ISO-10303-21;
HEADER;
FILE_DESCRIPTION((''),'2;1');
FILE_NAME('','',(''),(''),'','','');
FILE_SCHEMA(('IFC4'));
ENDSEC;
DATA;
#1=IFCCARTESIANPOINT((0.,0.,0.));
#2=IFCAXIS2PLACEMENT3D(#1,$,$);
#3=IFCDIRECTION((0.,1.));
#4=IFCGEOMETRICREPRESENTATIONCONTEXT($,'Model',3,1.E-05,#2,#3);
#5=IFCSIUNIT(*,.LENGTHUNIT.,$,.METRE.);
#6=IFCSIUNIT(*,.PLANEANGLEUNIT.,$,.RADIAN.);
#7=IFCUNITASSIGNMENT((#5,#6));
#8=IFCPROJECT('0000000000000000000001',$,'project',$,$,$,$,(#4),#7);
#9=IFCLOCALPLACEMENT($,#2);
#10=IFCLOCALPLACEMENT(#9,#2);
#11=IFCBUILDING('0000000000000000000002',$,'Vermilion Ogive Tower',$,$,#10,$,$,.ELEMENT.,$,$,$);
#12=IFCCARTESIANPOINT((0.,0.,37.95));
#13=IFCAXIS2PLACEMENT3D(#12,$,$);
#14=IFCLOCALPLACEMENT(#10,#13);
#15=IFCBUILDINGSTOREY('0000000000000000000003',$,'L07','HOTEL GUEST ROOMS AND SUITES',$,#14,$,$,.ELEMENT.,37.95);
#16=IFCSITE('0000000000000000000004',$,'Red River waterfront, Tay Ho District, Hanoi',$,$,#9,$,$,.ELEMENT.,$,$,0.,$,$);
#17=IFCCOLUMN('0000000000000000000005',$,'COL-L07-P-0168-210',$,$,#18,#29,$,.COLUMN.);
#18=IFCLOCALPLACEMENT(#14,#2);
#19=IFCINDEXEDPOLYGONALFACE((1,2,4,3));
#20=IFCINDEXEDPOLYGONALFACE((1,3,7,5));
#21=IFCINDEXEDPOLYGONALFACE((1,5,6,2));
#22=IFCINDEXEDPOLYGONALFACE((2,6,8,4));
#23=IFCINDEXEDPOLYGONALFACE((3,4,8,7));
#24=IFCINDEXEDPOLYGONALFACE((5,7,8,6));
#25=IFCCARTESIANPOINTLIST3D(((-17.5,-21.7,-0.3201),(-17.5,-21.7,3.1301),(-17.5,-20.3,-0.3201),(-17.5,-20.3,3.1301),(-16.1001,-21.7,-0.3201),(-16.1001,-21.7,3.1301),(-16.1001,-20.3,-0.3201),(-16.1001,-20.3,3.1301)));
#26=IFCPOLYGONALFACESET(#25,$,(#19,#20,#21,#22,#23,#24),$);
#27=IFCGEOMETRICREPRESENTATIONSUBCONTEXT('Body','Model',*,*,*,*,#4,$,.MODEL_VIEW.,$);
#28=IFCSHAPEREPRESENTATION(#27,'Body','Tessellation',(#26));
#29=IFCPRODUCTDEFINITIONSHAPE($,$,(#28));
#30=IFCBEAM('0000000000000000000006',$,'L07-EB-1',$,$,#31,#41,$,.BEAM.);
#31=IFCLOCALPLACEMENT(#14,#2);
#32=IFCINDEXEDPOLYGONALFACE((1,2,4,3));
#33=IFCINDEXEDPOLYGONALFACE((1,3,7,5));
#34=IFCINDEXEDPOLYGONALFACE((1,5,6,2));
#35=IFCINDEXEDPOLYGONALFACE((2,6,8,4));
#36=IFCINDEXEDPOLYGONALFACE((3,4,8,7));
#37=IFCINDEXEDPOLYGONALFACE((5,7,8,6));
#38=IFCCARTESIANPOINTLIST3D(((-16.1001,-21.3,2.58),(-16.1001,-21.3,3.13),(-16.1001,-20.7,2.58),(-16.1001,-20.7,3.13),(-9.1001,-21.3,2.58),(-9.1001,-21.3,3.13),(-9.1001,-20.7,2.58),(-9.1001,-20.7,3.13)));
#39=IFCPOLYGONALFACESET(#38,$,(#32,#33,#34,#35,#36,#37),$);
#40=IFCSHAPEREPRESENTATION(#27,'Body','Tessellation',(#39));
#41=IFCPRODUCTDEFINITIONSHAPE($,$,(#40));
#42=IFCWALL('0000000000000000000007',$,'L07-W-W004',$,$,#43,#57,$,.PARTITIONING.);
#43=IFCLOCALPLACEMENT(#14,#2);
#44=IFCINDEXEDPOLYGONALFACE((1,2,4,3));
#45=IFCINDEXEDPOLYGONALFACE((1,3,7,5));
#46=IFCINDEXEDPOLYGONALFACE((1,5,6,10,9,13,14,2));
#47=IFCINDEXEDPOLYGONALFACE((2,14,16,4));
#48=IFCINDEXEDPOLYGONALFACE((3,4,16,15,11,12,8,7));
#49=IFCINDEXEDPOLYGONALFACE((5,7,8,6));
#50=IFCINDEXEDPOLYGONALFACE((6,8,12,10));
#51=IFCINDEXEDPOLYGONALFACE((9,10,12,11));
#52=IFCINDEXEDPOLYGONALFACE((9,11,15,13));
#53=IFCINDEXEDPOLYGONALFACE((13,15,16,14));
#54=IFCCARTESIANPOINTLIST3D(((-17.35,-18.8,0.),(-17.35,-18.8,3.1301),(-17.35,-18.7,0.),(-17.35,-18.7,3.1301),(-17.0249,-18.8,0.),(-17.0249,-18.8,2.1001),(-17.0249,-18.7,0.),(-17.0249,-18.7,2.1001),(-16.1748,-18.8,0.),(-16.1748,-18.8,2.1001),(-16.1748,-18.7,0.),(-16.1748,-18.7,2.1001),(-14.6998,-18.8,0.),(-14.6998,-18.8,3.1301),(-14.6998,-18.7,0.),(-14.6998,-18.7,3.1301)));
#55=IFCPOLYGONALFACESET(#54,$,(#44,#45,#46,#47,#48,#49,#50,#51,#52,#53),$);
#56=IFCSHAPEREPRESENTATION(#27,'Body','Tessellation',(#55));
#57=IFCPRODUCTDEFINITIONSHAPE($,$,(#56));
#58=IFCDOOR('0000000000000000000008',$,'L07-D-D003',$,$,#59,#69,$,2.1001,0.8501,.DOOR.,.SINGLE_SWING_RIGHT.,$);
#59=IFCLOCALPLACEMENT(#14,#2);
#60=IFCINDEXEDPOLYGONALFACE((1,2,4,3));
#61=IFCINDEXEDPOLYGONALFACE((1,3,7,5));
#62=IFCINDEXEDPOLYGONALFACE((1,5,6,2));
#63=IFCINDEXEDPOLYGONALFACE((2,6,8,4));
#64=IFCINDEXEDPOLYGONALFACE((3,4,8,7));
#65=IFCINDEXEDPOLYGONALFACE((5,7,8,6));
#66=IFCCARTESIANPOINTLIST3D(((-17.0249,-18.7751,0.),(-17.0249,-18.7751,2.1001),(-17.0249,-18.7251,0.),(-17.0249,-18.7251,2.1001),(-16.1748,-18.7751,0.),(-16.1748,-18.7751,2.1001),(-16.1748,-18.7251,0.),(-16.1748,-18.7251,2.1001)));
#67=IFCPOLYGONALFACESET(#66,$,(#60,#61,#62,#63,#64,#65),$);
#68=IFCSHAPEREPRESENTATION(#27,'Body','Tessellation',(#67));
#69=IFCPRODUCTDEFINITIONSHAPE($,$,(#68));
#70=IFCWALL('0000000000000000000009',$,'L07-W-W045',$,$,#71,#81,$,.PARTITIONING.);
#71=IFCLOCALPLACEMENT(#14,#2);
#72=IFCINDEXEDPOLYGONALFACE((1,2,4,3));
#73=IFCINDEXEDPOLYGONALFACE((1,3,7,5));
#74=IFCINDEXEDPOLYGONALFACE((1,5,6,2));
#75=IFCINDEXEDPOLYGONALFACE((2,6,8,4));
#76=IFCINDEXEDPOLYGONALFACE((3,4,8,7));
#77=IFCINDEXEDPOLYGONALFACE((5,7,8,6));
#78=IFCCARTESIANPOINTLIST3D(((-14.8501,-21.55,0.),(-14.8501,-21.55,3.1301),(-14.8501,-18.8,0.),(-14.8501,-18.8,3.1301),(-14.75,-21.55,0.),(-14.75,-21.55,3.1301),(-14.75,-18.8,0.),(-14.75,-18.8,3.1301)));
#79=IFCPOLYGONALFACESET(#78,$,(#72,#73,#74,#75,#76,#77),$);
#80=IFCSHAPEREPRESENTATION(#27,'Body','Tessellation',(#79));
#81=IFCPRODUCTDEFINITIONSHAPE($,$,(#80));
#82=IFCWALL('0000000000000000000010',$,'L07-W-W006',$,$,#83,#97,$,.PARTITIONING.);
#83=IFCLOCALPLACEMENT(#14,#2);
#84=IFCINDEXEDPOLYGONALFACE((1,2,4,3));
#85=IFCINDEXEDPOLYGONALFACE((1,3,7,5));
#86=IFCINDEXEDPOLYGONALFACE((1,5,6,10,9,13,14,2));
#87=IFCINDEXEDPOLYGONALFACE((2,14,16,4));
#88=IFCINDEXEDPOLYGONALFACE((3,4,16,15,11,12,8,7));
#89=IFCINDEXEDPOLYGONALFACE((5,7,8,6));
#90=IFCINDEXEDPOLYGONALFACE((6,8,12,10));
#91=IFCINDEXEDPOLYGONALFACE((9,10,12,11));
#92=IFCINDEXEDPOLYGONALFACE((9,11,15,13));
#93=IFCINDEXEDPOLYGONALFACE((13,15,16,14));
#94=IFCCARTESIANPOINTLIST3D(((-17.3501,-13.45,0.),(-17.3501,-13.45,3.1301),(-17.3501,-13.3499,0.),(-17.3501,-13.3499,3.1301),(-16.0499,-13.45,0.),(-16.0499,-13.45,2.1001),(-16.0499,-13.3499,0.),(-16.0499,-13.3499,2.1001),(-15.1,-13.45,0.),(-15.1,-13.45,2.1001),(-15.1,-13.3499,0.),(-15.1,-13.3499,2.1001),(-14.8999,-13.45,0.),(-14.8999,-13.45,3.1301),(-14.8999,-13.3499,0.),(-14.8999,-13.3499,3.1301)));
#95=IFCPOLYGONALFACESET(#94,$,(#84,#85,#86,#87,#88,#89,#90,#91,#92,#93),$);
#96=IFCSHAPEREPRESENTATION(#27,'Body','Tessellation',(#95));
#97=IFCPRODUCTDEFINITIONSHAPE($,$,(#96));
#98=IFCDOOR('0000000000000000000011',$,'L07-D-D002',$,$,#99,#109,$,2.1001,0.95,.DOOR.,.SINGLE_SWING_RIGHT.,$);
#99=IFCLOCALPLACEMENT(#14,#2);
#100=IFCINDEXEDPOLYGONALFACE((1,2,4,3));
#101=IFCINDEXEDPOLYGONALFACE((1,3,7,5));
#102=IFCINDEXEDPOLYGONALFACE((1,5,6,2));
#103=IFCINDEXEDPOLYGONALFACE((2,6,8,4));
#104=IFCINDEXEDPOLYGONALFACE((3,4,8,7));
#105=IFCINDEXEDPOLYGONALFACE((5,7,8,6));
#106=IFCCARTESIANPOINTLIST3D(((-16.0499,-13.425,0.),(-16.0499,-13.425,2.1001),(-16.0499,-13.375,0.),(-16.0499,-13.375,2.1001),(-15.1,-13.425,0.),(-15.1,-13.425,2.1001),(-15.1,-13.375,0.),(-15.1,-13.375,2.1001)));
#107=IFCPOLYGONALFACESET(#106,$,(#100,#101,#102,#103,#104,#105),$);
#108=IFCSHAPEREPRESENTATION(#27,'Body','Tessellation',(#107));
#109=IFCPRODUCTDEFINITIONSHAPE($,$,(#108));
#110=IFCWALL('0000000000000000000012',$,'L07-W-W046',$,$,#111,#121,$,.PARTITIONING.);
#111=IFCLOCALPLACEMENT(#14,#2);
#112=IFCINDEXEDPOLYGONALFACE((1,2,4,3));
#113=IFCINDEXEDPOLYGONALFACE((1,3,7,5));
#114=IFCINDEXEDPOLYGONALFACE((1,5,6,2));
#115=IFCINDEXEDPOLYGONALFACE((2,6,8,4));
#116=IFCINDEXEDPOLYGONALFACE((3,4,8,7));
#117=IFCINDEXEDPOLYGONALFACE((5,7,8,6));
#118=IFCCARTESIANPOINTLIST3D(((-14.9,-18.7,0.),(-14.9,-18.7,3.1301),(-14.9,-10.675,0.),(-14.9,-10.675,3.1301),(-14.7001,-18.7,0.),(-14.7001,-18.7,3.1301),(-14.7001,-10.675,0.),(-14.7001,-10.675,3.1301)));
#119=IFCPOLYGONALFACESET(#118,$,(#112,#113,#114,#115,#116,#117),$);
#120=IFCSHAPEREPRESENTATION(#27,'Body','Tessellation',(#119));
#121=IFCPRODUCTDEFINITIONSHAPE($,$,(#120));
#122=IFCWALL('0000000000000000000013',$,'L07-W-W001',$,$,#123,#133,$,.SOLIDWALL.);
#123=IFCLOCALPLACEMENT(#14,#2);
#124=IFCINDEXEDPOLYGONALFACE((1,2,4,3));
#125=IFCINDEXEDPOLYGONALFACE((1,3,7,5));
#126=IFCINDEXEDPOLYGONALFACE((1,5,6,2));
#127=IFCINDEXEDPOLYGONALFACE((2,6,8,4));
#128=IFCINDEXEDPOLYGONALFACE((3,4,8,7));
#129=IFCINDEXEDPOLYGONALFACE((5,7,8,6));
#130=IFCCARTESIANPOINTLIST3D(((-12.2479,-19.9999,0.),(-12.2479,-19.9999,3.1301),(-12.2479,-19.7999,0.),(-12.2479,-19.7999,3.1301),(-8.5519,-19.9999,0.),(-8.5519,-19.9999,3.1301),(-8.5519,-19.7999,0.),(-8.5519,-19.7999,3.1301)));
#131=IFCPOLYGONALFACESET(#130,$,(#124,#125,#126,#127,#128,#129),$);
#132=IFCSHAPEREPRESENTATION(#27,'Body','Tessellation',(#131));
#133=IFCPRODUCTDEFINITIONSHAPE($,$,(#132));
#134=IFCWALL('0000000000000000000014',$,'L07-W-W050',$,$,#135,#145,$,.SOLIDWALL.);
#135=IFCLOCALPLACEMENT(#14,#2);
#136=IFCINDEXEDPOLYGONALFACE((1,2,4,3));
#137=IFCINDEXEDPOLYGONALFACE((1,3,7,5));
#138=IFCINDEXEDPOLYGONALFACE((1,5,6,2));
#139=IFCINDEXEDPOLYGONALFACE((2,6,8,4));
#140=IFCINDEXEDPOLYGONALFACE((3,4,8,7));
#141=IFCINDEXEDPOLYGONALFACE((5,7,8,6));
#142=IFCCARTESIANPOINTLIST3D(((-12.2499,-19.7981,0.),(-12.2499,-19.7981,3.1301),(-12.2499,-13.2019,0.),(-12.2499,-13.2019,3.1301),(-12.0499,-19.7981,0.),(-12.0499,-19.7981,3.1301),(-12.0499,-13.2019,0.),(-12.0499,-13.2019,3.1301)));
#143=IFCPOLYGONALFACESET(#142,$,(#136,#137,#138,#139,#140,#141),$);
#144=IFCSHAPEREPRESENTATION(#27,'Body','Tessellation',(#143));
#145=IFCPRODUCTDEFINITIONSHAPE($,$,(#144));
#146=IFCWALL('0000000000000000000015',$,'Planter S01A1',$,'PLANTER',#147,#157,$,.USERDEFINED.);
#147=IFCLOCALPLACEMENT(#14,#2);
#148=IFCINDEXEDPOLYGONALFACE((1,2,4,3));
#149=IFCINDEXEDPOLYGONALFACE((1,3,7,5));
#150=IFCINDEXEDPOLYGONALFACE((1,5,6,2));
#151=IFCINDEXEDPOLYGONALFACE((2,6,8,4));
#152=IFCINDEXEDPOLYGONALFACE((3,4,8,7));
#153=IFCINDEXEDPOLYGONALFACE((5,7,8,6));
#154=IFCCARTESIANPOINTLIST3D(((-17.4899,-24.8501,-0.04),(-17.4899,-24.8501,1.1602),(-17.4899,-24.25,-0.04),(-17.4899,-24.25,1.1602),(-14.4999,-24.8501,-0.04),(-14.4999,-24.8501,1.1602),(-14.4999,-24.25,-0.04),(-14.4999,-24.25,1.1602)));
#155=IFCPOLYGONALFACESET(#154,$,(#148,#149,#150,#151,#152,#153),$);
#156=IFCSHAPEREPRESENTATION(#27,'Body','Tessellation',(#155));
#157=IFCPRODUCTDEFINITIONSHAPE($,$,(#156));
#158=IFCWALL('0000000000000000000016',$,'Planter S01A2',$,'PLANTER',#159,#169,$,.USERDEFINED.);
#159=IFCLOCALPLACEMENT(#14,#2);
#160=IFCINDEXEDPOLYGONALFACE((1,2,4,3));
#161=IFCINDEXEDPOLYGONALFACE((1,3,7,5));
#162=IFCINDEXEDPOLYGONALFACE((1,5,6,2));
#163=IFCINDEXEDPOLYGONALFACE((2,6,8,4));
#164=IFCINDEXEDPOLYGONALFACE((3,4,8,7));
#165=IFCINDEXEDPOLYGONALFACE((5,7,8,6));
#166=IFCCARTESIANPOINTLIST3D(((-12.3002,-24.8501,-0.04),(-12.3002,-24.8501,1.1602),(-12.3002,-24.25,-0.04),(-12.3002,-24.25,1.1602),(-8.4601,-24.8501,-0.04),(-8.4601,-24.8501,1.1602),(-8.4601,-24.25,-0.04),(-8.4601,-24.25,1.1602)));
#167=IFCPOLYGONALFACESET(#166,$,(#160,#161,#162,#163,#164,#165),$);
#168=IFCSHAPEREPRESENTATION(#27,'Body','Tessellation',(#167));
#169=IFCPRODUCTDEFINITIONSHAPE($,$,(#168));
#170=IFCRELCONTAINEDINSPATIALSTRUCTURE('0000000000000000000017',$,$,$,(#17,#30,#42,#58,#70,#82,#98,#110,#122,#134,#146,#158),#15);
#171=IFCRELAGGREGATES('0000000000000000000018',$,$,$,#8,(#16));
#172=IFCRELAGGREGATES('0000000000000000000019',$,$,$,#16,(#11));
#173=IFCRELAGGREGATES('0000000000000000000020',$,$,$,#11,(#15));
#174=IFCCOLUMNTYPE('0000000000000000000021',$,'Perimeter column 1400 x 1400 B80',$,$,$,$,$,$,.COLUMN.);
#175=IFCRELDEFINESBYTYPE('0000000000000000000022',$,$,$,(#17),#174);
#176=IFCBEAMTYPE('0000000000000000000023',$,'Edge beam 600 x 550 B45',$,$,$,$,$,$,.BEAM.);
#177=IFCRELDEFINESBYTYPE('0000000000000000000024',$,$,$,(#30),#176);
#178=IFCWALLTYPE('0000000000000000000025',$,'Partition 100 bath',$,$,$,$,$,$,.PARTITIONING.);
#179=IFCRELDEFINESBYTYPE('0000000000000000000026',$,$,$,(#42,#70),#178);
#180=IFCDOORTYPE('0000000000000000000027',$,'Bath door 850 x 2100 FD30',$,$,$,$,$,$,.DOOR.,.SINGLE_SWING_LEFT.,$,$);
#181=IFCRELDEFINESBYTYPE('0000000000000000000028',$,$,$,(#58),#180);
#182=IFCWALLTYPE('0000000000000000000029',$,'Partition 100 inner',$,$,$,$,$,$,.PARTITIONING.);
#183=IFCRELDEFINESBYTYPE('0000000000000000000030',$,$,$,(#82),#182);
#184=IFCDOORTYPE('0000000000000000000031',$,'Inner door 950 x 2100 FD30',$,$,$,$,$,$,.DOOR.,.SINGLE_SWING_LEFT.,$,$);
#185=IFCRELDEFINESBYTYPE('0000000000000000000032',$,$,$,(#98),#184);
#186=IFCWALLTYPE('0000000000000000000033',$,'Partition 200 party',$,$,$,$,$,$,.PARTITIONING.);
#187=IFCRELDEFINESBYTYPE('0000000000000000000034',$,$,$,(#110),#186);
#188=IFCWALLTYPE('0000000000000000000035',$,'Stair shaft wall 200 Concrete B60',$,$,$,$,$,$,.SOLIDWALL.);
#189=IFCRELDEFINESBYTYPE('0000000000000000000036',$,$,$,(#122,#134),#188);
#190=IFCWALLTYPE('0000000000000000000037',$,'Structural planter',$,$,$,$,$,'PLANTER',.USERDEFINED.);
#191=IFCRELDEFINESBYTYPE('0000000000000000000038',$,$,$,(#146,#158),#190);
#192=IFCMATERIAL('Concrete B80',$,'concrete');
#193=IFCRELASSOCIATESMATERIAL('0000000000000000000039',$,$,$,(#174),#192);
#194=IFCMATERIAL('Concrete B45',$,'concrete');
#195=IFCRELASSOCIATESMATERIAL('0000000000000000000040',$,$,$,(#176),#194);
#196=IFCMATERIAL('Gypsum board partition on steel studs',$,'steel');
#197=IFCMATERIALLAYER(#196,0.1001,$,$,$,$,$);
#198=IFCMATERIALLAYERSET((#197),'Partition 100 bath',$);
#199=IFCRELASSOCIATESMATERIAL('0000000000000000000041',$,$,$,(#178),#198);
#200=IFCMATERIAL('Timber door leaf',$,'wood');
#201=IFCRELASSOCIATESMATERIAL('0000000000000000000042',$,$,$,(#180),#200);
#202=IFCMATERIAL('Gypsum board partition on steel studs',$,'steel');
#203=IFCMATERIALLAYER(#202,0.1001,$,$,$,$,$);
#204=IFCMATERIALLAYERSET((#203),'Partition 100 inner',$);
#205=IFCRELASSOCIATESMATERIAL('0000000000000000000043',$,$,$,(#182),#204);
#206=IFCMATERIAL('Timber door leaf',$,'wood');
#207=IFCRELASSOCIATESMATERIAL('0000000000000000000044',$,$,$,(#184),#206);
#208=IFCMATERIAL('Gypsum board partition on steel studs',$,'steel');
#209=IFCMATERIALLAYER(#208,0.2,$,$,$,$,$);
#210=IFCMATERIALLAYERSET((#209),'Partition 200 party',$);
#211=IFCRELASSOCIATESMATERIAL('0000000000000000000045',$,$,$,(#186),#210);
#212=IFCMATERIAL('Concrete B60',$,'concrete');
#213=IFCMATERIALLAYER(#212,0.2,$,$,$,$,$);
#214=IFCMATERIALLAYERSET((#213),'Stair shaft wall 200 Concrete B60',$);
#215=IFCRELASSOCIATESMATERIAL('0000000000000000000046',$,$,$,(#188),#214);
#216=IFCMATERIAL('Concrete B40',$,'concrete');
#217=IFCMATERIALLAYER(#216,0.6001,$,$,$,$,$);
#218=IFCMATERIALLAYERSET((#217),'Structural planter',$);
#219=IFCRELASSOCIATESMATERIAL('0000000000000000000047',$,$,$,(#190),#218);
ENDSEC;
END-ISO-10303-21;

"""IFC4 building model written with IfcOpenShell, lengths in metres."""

from ifc_helpers import new_model, si_unit, direction, frame, frame_2d, origin, origin_2d, place, context, subcontext, project, spatial, rectangle, extrude, material, layer, layer_set, material_profile, profile_set, type_object, element, fill, save


model = new_model("IFC4")

# Units and contexts
model_context = context("Model", 3, precision=1e-05, world=origin(), true_north=direction((0.0, 1.0)))
body_context = subcontext(model_context, "Body", "Model", "MODEL_VIEW")
ifc_project = project(units=[si_unit("LENGTHUNIT", "METRE"), si_unit("PLANEANGLEUNIT", "RADIAN")], contexts=[model_context])

# Site, building, storey
site_placement = place(None, origin())
site = spatial("IfcSite", under=ifc_project, at=site_placement, Name="Red River waterfront, Tay Ho District, Hanoi", CompositionType="ELEMENT", RefElevation=0.0)
building_placement = place(site_placement, origin())
building = spatial("IfcBuilding", under=site, at=building_placement, Name="Vermilion Ogive Tower", CompositionType="ELEMENT")
storey_placement = place(building_placement, frame((0.0, 0.0, 37.95)))
storey = spatial("IfcBuildingStorey", under=building, at=storey_placement, Name="L07", Description="HOTEL GUEST ROOMS AND SUITES", CompositionType="ELEMENT", Elevation=37.95)

# Column
ifc_material_1 = material(Name="Concrete B80", Category="concrete")
ifc_material_profile_1 = material_profile(ifc_material_1, rectangle(XDim=1.3999, YDim=1.3999, at=origin_2d()), Name="1400 x 1400")
ifc_profile_set_1 = profile_set([ifc_material_profile_1], Name="Concrete B80")
column_type = type_object("IfcColumnType", Name="Perimeter column 1400 x 1400 B80", PredefinedType="COLUMN", material=ifc_profile_set_1)
column_placement = place(storey_placement, frame((-16.8, -21.0, -0.3201), z_axis=(0.0, 0.0, 1.0), x_axis=(1.0, 0.0, 0.0)))
element("IfcColumn", 1, at=column_placement, inside=storey, type_object=column_type, Name="COL-L07-P-0168-210", PredefinedType="COLUMN", context=body_context, shape_type="SweptSolid", body=[
    extrude(rectangle(XDim=1.3999, YDim=1.3999, at=origin_2d()), origin(), (0.0, 0.0, 1.0), 3.4502),
])

# Beam
ifc_material_2 = material(Name="Concrete B45", Category="concrete")
ifc_material_profile_2 = material_profile(ifc_material_2, rectangle(XDim=0.6001, YDim=0.55, at=origin_2d()), Name="600 x 550")
ifc_profile_set_2 = profile_set([ifc_material_profile_2], Name="Concrete B45")
beam_type = type_object("IfcBeamType", Name="Edge beam 600 x 550 B45", PredefinedType="BEAM", material=ifc_profile_set_2)
beam_placement = place(storey_placement, frame((-16.1001, -21.0, 2.855), z_axis=(1.0, 0.0, 0.0), x_axis=(0.0, 1.0, 0.0)))
element("IfcBeam", 2, at=beam_placement, inside=storey, type_object=beam_type, Name="L07-EB-1", PredefinedType="BEAM", context=body_context, shape_type="SweptSolid", body=[
    extrude(rectangle(XDim=0.6001, YDim=0.55, at=origin_2d()), origin(), (0.0, 0.0, 1.0), 7.0),
])

# Wall, opening, door
ifc_material_3 = material(Name="Gypsum board partition on steel studs", Category="steel")
ifc_layer_1 = layer(ifc_material_3, 0.1001)
ifc_layer_set_1 = layer_set([ifc_layer_1], Name="Partition 100 bath")
wall_type_1 = type_object("IfcWallType", Name="Partition 100 bath", PredefinedType="PARTITIONING", material=ifc_layer_set_1)
wall_1_placement = place(storey_placement, frame((-17.3501, -18.75, 0.0), z_axis=(0.0, 0.0, 1.0), x_axis=(1.0, 0.0, 0.0)))
wall_1 = element("IfcWall", 3, at=wall_1_placement, inside=storey, type_object=wall_type_1, Name="L07-W-W004", PredefinedType="PARTITIONING", context=body_context, shape_type="SweptSolid", body=[
    extrude(rectangle(XDim=2.6501, YDim=0.1001, at=frame_2d((1.3252, 0.0))), origin(), (0.0, 0.0, 1.0), 3.1301),
])
opening_1_placement = place(wall_1_placement, frame((0.3252, 0.0, 0.0)))
opening_1 = element("IfcOpeningElement", 4, at=opening_1_placement, cuts=wall_1, PredefinedType="OPENING", context=body_context, shape_type="SweptSolid", body=[
    extrude(rectangle(XDim=0.8501, YDim=2.1001, at=frame_2d((0.425, 1.05))), frame((0.0, 0.0601, 0.0), z_axis=(0.0, -1.0, 0.0), x_axis=(1.0, 0.0, 0.0)), (0.0, 0.0, 1.0), 0.1201),
])
ifc_material_4 = material(Name="Timber door leaf", Category="wood")
door_type_1 = type_object("IfcDoorType", Name="Bath door 850 x 2100 FD30", OperationType="SINGLE_SWING_LEFT", PredefinedType="DOOR", material=ifc_material_4)
door_1_placement = place(opening_1_placement, origin())
door_1 = element("IfcDoor", 5, at=door_1_placement, inside=storey, type_object=door_type_1, Name="L07-D-D003", OperationType="SINGLE_SWING_RIGHT", OverallHeight=2.1001, OverallWidth=0.8501, PredefinedType="DOOR", context=body_context, shape_type="SweptSolid", body=[
    extrude(rectangle(XDim=0.8501, YDim=2.1001, at=frame_2d((0.425, 1.05))), frame((0.0, 0.0249, 0.0), z_axis=(0.0, -1.0, 0.0), x_axis=(1.0, 0.0, 0.0)), (0.0, 0.0, 1.0), 0.05),
])
fill(opening_1, door_1)

# Wall
wall_2_placement = place(storey_placement, frame((-14.8, -21.55, 0.0), z_axis=(0.0, 0.0, 1.0), x_axis=(0.0, 1.0, 0.0)))
element("IfcWall", 6, at=wall_2_placement, inside=storey, type_object=wall_type_1, Name="L07-W-W045", PredefinedType="PARTITIONING", context=body_context, shape_type="SweptSolid", body=[
    extrude(rectangle(XDim=2.75, YDim=0.1001, at=frame_2d((1.375, 0.0))), origin(), (0.0, 0.0, 1.0), 3.1301),
])

# Wall, opening, door
ifc_material_5 = material(Name="Gypsum board partition on steel studs", Category="steel")
ifc_layer_2 = layer(ifc_material_5, 0.1001)
ifc_layer_set_2 = layer_set([ifc_layer_2], Name="Partition 100 inner")
wall_type_2 = type_object("IfcWallType", Name="Partition 100 inner", PredefinedType="PARTITIONING", material=ifc_layer_set_2)
wall_3_placement = place(storey_placement, frame((-17.3501, -13.3999, 0.0), z_axis=(0.0, 0.0, 1.0), x_axis=(1.0, 0.0, 0.0)))
wall_3 = element("IfcWall", 7, at=wall_3_placement, inside=storey, type_object=wall_type_2, Name="L07-W-W006", PredefinedType="PARTITIONING", context=body_context, shape_type="SweptSolid", body=[
    extrude(rectangle(XDim=2.4502, YDim=0.1001, at=frame_2d((1.2251, 0.0))), origin(), (0.0, 0.0, 1.0), 3.1301),
])
opening_2_placement = place(wall_3_placement, frame((1.3, 0.0, 0.0)))
opening_2 = element("IfcOpeningElement", 8, at=opening_2_placement, cuts=wall_3, PredefinedType="OPENING", context=body_context, shape_type="SweptSolid", body=[
    extrude(rectangle(XDim=0.95, YDim=2.1001, at=frame_2d((0.4751, 1.05))), frame((0.0, 0.0601, 0.0), z_axis=(0.0, -1.0, 0.0), x_axis=(1.0, 0.0, 0.0)), (0.0, 0.0, 1.0), 0.1201),
])
ifc_material_6 = material(Name="Timber door leaf", Category="wood")
door_type_2 = type_object("IfcDoorType", Name="Inner door 950 x 2100 FD30", OperationType="SINGLE_SWING_LEFT", PredefinedType="DOOR", material=ifc_material_6)
door_2_placement = place(opening_2_placement, origin())
door_2 = element("IfcDoor", 9, at=door_2_placement, inside=storey, type_object=door_type_2, Name="L07-D-D002", OperationType="SINGLE_SWING_RIGHT", OverallHeight=2.1001, OverallWidth=0.95, PredefinedType="DOOR", context=body_context, shape_type="SweptSolid", body=[
    extrude(rectangle(XDim=0.95, YDim=2.1001, at=frame_2d((0.4751, 1.05))), frame((0.0, 0.0249, 0.0), z_axis=(0.0, -1.0, 0.0), x_axis=(1.0, 0.0, 0.0)), (0.0, 0.0, 1.0), 0.05),
])
fill(opening_2, door_2)

# Walls
ifc_material_7 = material(Name="Gypsum board partition on steel studs", Category="steel")
ifc_layer_3 = layer(ifc_material_7, 0.2)
ifc_layer_set_3 = layer_set([ifc_layer_3], Name="Partition 200 party")
wall_type_3 = type_object("IfcWallType", Name="Partition 200 party", PredefinedType="PARTITIONING", material=ifc_layer_set_3)
wall_4_placement = place(storey_placement, frame((-14.8, -18.7, 0.0), z_axis=(0.0, 0.0, 1.0), x_axis=(0.0, 1.0, 0.0)))
element("IfcWall", 10, at=wall_4_placement, inside=storey, type_object=wall_type_3, Name="L07-W-W046", PredefinedType="PARTITIONING", context=body_context, shape_type="SweptSolid", body=[
    extrude(rectangle(XDim=8.0249, YDim=0.2, at=frame_2d((4.0125, 0.0))), origin(), (0.0, 0.0, 1.0), 3.1301),
])
ifc_material_8 = material(Name="Concrete B60", Category="concrete")
ifc_layer_4 = layer(ifc_material_8, 0.2)
ifc_layer_set_4 = layer_set([ifc_layer_4], Name="Stair shaft wall 200 Concrete B60")
wall_type_4 = type_object("IfcWallType", Name="Stair shaft wall 200 Concrete B60", PredefinedType="SOLIDWALL", material=ifc_layer_set_4)
wall_5_placement = place(storey_placement, frame((-12.248, -19.8999, 0.0), z_axis=(0.0, 0.0, 1.0), x_axis=(1.0, 0.0, 0.0)))
element("IfcWall", 11, at=wall_5_placement, inside=storey, type_object=wall_type_4, Name="L07-W-W001", PredefinedType="SOLIDWALL", context=body_context, shape_type="SweptSolid", body=[
    extrude(rectangle(XDim=3.696, YDim=0.2, at=frame_2d((1.8481, 0.0))), origin(), (0.0, 0.0, 1.0), 3.1301),
])
wall_6_placement = place(storey_placement, frame((-12.1499, -19.7981, 0.0), z_axis=(0.0, 0.0, 1.0), x_axis=(0.0, 1.0, 0.0)))
element("IfcWall", 12, at=wall_6_placement, inside=storey, type_object=wall_type_4, Name="L07-W-W050", PredefinedType="SOLIDWALL", context=body_context, shape_type="SweptSolid", body=[
    extrude(rectangle(XDim=6.5962, YDim=0.2, at=frame_2d((3.2981, 0.0))), origin(), (0.0, 0.0, 1.0), 3.1301),
])
ifc_material_9 = material(Name="Concrete B40", Category="concrete")
ifc_layer_5 = layer(ifc_material_9, 0.6001)
ifc_layer_set_5 = layer_set([ifc_layer_5], Name="Structural planter")
wall_type_5 = type_object("IfcWallType", Name="Structural planter", ElementType="PLANTER", PredefinedType="USERDEFINED", material=ifc_layer_set_5)
wall_7_placement = place(storey_placement, frame((-17.49, -24.55, -0.04), z_axis=(0.0, 0.0, 1.0), x_axis=(1.0, 0.0, 0.0)))
element("IfcWall", 13, at=wall_7_placement, inside=storey, type_object=wall_type_5, Name="Planter S01A1", ObjectType="PLANTER", PredefinedType="USERDEFINED", context=body_context, shape_type="SweptSolid", body=[
    extrude(rectangle(XDim=2.99, YDim=0.6001, at=frame_2d((1.4951, 0.0))), origin(), (0.0, 0.0, 1.0), 1.2002),
])
wall_8_placement = place(storey_placement, frame((-12.3, -24.55, -0.04), z_axis=(0.0, 0.0, 1.0), x_axis=(1.0, 0.0, 0.0)))
element("IfcWall", 14, at=wall_8_placement, inside=storey, type_object=wall_type_5, Name="Planter S01A2", ObjectType="PLANTER", PredefinedType="USERDEFINED", context=body_context, shape_type="SweptSolid", body=[
    extrude(rectangle(XDim=3.8401, YDim=0.6001, at=frame_2d((1.9199, 0.0))), origin(), (0.0, 0.0, 1.0), 1.2002),
])

save(model, "model.ifc")
